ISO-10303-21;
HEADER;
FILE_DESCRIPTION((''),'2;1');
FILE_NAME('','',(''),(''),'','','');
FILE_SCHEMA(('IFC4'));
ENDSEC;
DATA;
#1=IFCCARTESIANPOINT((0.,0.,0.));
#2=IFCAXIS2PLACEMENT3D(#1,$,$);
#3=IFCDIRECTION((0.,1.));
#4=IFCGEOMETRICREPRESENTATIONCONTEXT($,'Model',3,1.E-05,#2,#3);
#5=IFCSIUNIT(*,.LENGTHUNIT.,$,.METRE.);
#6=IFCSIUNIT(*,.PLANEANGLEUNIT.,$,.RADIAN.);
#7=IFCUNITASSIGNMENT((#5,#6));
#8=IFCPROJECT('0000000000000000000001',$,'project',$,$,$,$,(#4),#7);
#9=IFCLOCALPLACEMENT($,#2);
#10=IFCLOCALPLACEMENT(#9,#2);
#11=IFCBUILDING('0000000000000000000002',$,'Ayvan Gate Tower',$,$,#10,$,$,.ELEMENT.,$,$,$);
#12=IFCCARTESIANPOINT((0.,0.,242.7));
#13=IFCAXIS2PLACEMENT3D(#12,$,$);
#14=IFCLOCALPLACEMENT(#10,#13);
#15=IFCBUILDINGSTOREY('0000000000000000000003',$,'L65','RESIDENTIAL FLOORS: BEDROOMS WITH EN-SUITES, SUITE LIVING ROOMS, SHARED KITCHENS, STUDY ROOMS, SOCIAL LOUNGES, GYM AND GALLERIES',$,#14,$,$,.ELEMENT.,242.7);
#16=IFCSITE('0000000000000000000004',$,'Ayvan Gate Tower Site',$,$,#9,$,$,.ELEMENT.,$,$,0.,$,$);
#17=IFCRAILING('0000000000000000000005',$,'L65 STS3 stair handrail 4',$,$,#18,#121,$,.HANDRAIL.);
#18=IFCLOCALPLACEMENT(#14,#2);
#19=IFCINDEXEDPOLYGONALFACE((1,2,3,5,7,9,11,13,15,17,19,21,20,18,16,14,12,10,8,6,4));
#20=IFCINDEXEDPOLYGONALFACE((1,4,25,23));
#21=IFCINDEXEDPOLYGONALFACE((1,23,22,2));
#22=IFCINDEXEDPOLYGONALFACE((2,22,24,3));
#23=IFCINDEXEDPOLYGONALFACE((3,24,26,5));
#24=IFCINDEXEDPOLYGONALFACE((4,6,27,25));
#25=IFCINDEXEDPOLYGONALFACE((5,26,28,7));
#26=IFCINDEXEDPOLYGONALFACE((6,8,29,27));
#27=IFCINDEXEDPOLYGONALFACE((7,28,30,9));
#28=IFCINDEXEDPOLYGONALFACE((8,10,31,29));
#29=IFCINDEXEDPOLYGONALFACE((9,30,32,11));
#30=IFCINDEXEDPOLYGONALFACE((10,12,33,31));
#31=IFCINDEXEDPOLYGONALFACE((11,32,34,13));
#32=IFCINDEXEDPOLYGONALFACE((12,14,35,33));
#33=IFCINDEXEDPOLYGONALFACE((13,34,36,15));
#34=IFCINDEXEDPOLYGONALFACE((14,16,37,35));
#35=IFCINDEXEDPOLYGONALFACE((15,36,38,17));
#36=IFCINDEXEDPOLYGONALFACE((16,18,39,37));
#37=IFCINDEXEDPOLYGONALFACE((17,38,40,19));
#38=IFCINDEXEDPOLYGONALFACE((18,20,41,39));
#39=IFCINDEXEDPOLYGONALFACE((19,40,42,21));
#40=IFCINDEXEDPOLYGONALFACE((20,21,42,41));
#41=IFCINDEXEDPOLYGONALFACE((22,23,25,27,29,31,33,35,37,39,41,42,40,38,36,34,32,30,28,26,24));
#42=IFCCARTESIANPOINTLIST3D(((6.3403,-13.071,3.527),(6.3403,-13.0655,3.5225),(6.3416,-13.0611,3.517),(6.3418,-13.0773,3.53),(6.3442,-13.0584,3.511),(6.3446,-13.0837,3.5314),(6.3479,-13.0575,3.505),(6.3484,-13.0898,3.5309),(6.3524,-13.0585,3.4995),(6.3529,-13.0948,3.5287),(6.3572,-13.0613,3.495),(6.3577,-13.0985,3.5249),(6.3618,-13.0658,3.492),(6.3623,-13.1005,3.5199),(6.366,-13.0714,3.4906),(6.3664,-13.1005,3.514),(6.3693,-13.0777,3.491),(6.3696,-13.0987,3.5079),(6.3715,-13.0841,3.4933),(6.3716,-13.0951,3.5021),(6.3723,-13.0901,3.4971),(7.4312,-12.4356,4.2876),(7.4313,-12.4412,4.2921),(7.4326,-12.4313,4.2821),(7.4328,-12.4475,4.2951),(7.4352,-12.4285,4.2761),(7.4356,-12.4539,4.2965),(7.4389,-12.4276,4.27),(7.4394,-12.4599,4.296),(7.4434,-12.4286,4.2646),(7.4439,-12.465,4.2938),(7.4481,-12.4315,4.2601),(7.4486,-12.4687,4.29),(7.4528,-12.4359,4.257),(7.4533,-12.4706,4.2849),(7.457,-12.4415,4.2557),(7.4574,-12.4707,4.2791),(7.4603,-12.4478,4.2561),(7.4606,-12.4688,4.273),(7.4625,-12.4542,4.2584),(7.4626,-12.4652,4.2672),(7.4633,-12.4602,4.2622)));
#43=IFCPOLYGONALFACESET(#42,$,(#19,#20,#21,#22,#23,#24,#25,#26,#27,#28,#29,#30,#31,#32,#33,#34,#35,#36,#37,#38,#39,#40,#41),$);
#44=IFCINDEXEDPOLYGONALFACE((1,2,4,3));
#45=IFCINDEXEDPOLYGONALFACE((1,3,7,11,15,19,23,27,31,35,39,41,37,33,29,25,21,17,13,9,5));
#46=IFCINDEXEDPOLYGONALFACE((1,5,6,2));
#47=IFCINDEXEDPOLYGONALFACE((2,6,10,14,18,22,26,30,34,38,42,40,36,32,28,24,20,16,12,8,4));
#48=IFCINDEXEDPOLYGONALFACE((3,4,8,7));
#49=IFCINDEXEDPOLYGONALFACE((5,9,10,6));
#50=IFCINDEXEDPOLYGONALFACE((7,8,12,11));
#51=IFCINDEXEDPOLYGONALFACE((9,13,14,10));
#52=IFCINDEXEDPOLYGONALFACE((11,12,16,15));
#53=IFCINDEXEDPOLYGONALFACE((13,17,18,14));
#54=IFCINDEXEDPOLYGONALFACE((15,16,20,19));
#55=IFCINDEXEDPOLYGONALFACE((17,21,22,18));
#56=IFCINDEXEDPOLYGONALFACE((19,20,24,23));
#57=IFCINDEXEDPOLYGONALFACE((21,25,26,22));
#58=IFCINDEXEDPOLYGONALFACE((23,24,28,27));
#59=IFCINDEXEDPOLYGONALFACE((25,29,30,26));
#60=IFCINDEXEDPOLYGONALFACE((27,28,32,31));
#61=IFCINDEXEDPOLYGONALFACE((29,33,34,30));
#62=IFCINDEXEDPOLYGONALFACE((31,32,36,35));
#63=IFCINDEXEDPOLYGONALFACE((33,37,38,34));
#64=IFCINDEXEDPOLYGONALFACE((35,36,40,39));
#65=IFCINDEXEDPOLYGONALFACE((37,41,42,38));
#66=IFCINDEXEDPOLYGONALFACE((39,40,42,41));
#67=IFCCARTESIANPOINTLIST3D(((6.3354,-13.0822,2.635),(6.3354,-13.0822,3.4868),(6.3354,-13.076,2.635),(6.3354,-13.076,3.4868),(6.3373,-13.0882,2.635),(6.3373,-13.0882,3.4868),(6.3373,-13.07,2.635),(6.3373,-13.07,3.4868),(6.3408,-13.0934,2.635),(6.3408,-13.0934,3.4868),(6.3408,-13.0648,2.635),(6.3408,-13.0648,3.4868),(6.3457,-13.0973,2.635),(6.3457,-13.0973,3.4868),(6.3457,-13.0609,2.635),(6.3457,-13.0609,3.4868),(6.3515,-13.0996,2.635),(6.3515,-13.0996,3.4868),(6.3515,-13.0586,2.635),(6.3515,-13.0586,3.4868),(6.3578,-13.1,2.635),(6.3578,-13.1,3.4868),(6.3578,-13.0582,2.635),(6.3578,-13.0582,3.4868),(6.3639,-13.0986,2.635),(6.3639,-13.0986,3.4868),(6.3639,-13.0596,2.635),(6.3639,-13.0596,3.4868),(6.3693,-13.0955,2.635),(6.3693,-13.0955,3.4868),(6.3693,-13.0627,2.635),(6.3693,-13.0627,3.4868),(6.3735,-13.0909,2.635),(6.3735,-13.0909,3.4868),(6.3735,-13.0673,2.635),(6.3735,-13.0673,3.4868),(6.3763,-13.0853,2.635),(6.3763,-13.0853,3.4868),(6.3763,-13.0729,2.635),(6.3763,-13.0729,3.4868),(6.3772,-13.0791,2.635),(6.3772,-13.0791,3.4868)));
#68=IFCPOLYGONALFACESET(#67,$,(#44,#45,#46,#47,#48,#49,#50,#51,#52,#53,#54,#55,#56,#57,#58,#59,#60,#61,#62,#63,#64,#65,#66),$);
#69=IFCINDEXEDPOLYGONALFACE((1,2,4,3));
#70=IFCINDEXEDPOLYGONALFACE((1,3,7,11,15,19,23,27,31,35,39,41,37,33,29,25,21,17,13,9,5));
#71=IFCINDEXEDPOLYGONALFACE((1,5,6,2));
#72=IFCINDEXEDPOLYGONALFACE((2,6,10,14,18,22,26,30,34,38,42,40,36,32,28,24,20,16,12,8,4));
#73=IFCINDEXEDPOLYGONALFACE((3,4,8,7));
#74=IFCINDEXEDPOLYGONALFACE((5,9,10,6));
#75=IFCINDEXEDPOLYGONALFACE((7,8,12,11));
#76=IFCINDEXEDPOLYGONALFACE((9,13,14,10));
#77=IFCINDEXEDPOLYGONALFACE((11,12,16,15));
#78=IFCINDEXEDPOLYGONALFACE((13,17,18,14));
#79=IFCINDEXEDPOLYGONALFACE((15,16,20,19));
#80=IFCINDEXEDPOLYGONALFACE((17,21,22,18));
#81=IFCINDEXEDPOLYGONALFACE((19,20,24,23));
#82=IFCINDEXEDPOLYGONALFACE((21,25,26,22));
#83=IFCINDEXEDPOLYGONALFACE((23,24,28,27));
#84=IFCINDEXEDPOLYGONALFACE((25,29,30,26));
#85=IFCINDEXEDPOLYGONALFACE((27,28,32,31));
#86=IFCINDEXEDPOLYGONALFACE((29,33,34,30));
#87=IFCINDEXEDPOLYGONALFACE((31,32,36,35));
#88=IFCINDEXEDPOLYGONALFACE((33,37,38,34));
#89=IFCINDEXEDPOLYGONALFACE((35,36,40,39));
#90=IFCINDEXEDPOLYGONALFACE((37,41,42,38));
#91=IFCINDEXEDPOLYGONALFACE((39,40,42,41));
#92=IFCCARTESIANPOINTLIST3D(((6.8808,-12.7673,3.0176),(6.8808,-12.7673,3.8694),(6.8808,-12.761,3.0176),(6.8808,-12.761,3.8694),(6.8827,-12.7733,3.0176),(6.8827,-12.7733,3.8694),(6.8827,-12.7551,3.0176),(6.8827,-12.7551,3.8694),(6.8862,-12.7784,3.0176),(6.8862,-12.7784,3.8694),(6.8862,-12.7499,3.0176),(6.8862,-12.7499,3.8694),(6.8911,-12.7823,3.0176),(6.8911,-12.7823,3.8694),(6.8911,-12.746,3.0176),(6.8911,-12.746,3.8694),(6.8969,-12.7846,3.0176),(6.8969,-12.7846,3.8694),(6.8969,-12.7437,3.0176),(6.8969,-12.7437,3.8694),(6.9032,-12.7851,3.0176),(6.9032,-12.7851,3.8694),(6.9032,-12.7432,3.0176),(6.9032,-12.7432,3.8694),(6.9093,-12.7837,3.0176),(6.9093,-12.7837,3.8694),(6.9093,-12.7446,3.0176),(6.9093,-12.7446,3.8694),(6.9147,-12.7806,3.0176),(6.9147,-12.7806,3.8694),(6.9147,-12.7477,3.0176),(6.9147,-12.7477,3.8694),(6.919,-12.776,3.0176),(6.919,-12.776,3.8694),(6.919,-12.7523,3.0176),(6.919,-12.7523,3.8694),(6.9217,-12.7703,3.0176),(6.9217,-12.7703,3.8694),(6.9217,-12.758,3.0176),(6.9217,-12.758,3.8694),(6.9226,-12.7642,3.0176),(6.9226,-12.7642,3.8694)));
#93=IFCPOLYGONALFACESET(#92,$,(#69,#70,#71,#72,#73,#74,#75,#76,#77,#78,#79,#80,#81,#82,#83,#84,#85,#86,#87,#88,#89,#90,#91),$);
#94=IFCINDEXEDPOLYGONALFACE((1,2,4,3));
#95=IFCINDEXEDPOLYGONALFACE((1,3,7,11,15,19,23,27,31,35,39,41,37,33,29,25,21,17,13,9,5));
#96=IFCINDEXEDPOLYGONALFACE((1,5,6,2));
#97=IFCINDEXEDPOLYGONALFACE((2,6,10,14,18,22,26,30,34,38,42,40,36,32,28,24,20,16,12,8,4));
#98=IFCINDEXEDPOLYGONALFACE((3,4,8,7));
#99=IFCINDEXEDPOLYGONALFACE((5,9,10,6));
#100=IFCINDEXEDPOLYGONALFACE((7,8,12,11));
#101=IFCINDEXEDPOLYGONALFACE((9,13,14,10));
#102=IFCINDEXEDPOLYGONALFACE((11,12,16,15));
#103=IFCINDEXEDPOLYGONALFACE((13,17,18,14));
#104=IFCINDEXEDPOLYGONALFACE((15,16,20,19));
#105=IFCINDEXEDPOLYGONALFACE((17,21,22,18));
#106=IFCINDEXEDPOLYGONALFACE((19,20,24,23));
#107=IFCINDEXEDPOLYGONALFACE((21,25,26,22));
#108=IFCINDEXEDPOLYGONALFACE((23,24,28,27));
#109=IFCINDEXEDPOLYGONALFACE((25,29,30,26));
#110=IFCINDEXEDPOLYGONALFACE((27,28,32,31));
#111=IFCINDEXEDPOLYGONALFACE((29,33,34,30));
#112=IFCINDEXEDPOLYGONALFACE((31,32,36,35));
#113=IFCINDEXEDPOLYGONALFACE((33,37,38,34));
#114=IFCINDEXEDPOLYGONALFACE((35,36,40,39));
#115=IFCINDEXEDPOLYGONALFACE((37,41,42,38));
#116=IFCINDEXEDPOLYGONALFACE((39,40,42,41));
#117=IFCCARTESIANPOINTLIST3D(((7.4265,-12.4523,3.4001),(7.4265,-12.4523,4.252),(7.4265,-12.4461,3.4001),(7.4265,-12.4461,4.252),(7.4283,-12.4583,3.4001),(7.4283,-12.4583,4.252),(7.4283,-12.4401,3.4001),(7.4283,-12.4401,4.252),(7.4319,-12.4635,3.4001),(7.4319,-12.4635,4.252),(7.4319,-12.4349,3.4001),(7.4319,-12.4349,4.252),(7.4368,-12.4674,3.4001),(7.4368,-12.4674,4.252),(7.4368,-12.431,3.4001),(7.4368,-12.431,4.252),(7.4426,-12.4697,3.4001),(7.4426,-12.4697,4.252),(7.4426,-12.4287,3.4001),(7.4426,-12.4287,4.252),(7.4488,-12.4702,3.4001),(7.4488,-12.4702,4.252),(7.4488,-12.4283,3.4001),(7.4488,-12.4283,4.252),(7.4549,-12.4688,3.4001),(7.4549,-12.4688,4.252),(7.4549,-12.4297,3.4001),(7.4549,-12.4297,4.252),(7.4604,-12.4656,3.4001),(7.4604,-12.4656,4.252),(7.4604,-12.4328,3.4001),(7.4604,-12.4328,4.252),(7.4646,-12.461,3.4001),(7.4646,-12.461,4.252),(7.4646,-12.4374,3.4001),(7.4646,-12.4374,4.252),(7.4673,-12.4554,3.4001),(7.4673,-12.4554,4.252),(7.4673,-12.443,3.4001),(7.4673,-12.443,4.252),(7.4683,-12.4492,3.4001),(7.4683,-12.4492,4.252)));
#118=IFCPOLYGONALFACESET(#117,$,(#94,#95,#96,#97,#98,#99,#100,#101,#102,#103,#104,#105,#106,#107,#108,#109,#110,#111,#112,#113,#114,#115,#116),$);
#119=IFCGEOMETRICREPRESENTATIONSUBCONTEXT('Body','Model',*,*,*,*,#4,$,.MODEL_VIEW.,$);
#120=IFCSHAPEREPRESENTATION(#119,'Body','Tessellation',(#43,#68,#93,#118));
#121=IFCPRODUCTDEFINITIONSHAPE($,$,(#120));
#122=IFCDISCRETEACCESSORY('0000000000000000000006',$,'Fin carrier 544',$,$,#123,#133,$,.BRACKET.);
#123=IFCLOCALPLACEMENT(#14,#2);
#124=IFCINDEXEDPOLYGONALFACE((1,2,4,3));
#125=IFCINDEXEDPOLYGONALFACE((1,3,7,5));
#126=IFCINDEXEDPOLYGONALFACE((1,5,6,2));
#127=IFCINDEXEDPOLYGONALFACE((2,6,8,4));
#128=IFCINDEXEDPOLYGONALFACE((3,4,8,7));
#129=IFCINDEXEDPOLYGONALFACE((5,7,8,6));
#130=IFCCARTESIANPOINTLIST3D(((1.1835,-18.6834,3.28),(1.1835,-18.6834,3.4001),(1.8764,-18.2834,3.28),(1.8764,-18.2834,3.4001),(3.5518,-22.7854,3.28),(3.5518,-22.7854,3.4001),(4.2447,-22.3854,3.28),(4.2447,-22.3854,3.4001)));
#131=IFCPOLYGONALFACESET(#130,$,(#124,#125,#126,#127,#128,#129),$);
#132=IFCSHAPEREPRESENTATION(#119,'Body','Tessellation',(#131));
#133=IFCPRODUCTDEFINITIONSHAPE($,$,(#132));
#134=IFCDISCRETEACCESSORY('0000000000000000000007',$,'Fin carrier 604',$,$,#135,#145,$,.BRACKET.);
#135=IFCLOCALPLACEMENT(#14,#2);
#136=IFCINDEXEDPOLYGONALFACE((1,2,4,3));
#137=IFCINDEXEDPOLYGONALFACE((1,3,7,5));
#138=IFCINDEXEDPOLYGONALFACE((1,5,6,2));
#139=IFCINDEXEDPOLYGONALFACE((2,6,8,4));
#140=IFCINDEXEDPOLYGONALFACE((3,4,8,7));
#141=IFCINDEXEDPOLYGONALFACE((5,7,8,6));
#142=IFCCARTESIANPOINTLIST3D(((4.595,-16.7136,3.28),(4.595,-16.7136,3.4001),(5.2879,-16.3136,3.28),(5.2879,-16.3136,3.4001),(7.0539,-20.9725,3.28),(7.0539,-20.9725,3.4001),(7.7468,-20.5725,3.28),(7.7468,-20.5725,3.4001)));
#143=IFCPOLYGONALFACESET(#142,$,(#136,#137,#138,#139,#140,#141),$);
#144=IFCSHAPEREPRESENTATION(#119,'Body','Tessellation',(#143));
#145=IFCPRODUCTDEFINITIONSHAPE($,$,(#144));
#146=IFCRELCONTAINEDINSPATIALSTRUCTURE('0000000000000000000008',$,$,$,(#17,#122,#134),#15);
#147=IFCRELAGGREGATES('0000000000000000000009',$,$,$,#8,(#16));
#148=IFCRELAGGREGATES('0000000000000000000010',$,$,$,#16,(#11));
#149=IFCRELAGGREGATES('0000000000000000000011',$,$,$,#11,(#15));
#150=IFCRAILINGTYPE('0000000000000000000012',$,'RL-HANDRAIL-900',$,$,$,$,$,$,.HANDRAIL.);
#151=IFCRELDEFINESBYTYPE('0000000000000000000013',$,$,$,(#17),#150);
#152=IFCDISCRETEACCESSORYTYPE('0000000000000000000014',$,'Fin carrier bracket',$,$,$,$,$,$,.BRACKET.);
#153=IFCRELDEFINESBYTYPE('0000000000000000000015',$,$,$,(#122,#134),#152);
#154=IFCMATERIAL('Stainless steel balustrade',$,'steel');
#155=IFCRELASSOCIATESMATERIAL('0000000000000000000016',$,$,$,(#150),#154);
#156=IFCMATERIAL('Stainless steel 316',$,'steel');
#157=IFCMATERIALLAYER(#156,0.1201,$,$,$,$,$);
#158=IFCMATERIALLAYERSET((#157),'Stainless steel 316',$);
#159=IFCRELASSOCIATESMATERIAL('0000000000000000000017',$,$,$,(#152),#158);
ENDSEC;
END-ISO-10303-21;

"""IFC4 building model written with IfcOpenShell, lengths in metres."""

from ifc_helpers import new_model, si_unit, direction, frame, origin, origin_2d, place, context, subcontext, project, spatial, rectangle, circle, extrude, material, layer, layer_set, type_object, element, save


model = new_model("IFC4")

# Units and contexts
model_context = context("Model", 3, precision=1e-05, world=origin(), true_north=direction((0.0, 1.0)))
body_context = subcontext(model_context, "Body", "Model", "MODEL_VIEW")
ifc_project = project(units=[si_unit("LENGTHUNIT", "METRE"), si_unit("PLANEANGLEUNIT", "RADIAN")], contexts=[model_context])

# Site, building, storey
site_placement = place(None, origin())
site = spatial("IfcSite", under=ifc_project, at=site_placement, Name="Ayvan Gate Tower Site", CompositionType="ELEMENT", RefElevation=0.0)
building_placement = place(site_placement, origin())
building = spatial("IfcBuilding", under=site, at=building_placement, Name="Ayvan Gate Tower", CompositionType="ELEMENT")
storey_placement = place(building_placement, frame((0.0, 0.0, 242.7)))
storey = spatial("IfcBuildingStorey", under=building, at=storey_placement, Name="L65", Description="RESIDENTIAL FLOORS: BEDROOMS WITH EN-SUITES, SUITE LIVING ROOMS, SHARED KITCHENS, STUDY ROOMS, SOCIAL LOUNGES, GYM AND GALLERIES", CompositionType="ELEMENT", Elevation=242.7)

# Railing
ifc_material_1 = material(Name="Stainless steel balustrade", Category="steel")
railing_type_1 = type_object("IfcRailingType", Name="RL-HANDRAIL-900", PredefinedType="HANDRAIL", material=ifc_material_1)
railing_1_placement = place(storey_placement, frame((6.3562, -13.0791, 2.635)))
element("IfcRailing", 1, at=railing_1_placement, inside=storey, type_object=railing_type_1, Name="L65 STS3 stair handrail 4", PredefinedType="HANDRAIL", context=body_context, shape_type="SweptSolid", body=[
    extrude(circle(Radius=0.0239, at=origin_2d()), frame((0.0, 0.0, 0.876), z_axis=(0.740218, 0.427336, 0.519097), x_axis=(-0.499974, 0.86604, 0.0)), (0.0, 0.0, 1.0), 1.4739),
    extrude(circle(Radius=0.021, at=origin_2d()), origin(), (0.0, 0.0, 1.0), 0.8518),
    extrude(circle(Radius=0.021, at=origin_2d()), frame((0.5454, 0.3149, 0.3826)), (0.0, 0.0, 1.0), 0.8518),
    extrude(circle(Radius=0.021, at=origin_2d()), frame((1.0911, 0.6299, 0.7651)), (0.0, 0.0, 1.0), 0.8518),
])

# Discrete accessories
ifc_material_2 = material(Name="Stainless steel 316", Category="steel")
ifc_layer_1 = layer(ifc_material_2, 0.1201)
ifc_layer_set_1 = layer_set([ifc_layer_1], Name="Stainless steel 316")
discrete_accessory_type = type_object("IfcDiscreteAccessoryType", Name="Fin carrier bracket", PredefinedType="BRACKET", material=ifc_layer_set_1)
discrete_accessory_1_placement = place(storey_placement, frame((2.7141, -20.5344, 3.28), z_axis=(0.0, 0.0, 1.0), x_axis=(0.866025, 0.5, 0.0)))
element("IfcDiscreteAccessory", 2, at=discrete_accessory_1_placement, inside=storey, type_object=discrete_accessory_type, Name="Fin carrier 544", PredefinedType="BRACKET", context=body_context, shape_type="SweptSolid", body=[
    extrude(rectangle(XDim=0.8, YDim=4.7366, at=origin_2d()), origin(), (0.0, 0.0, 1.0), 0.1201),
])
discrete_accessory_2_placement = place(storey_placement, frame((6.1709, -18.6431, 3.28), z_axis=(0.0, 0.0, 1.0), x_axis=(0.866025, 0.5, 0.0)))
element("IfcDiscreteAccessory", 3, at=discrete_accessory_2_placement, inside=storey, type_object=discrete_accessory_type, Name="Fin carrier 604", PredefinedType="BRACKET", context=body_context, shape_type="SweptSolid", body=[
    extrude(rectangle(XDim=0.8, YDim=4.9177, at=origin_2d()), origin(), (0.0, 0.0, 1.0), 0.1201),
])

save(model, "model.ifc")
